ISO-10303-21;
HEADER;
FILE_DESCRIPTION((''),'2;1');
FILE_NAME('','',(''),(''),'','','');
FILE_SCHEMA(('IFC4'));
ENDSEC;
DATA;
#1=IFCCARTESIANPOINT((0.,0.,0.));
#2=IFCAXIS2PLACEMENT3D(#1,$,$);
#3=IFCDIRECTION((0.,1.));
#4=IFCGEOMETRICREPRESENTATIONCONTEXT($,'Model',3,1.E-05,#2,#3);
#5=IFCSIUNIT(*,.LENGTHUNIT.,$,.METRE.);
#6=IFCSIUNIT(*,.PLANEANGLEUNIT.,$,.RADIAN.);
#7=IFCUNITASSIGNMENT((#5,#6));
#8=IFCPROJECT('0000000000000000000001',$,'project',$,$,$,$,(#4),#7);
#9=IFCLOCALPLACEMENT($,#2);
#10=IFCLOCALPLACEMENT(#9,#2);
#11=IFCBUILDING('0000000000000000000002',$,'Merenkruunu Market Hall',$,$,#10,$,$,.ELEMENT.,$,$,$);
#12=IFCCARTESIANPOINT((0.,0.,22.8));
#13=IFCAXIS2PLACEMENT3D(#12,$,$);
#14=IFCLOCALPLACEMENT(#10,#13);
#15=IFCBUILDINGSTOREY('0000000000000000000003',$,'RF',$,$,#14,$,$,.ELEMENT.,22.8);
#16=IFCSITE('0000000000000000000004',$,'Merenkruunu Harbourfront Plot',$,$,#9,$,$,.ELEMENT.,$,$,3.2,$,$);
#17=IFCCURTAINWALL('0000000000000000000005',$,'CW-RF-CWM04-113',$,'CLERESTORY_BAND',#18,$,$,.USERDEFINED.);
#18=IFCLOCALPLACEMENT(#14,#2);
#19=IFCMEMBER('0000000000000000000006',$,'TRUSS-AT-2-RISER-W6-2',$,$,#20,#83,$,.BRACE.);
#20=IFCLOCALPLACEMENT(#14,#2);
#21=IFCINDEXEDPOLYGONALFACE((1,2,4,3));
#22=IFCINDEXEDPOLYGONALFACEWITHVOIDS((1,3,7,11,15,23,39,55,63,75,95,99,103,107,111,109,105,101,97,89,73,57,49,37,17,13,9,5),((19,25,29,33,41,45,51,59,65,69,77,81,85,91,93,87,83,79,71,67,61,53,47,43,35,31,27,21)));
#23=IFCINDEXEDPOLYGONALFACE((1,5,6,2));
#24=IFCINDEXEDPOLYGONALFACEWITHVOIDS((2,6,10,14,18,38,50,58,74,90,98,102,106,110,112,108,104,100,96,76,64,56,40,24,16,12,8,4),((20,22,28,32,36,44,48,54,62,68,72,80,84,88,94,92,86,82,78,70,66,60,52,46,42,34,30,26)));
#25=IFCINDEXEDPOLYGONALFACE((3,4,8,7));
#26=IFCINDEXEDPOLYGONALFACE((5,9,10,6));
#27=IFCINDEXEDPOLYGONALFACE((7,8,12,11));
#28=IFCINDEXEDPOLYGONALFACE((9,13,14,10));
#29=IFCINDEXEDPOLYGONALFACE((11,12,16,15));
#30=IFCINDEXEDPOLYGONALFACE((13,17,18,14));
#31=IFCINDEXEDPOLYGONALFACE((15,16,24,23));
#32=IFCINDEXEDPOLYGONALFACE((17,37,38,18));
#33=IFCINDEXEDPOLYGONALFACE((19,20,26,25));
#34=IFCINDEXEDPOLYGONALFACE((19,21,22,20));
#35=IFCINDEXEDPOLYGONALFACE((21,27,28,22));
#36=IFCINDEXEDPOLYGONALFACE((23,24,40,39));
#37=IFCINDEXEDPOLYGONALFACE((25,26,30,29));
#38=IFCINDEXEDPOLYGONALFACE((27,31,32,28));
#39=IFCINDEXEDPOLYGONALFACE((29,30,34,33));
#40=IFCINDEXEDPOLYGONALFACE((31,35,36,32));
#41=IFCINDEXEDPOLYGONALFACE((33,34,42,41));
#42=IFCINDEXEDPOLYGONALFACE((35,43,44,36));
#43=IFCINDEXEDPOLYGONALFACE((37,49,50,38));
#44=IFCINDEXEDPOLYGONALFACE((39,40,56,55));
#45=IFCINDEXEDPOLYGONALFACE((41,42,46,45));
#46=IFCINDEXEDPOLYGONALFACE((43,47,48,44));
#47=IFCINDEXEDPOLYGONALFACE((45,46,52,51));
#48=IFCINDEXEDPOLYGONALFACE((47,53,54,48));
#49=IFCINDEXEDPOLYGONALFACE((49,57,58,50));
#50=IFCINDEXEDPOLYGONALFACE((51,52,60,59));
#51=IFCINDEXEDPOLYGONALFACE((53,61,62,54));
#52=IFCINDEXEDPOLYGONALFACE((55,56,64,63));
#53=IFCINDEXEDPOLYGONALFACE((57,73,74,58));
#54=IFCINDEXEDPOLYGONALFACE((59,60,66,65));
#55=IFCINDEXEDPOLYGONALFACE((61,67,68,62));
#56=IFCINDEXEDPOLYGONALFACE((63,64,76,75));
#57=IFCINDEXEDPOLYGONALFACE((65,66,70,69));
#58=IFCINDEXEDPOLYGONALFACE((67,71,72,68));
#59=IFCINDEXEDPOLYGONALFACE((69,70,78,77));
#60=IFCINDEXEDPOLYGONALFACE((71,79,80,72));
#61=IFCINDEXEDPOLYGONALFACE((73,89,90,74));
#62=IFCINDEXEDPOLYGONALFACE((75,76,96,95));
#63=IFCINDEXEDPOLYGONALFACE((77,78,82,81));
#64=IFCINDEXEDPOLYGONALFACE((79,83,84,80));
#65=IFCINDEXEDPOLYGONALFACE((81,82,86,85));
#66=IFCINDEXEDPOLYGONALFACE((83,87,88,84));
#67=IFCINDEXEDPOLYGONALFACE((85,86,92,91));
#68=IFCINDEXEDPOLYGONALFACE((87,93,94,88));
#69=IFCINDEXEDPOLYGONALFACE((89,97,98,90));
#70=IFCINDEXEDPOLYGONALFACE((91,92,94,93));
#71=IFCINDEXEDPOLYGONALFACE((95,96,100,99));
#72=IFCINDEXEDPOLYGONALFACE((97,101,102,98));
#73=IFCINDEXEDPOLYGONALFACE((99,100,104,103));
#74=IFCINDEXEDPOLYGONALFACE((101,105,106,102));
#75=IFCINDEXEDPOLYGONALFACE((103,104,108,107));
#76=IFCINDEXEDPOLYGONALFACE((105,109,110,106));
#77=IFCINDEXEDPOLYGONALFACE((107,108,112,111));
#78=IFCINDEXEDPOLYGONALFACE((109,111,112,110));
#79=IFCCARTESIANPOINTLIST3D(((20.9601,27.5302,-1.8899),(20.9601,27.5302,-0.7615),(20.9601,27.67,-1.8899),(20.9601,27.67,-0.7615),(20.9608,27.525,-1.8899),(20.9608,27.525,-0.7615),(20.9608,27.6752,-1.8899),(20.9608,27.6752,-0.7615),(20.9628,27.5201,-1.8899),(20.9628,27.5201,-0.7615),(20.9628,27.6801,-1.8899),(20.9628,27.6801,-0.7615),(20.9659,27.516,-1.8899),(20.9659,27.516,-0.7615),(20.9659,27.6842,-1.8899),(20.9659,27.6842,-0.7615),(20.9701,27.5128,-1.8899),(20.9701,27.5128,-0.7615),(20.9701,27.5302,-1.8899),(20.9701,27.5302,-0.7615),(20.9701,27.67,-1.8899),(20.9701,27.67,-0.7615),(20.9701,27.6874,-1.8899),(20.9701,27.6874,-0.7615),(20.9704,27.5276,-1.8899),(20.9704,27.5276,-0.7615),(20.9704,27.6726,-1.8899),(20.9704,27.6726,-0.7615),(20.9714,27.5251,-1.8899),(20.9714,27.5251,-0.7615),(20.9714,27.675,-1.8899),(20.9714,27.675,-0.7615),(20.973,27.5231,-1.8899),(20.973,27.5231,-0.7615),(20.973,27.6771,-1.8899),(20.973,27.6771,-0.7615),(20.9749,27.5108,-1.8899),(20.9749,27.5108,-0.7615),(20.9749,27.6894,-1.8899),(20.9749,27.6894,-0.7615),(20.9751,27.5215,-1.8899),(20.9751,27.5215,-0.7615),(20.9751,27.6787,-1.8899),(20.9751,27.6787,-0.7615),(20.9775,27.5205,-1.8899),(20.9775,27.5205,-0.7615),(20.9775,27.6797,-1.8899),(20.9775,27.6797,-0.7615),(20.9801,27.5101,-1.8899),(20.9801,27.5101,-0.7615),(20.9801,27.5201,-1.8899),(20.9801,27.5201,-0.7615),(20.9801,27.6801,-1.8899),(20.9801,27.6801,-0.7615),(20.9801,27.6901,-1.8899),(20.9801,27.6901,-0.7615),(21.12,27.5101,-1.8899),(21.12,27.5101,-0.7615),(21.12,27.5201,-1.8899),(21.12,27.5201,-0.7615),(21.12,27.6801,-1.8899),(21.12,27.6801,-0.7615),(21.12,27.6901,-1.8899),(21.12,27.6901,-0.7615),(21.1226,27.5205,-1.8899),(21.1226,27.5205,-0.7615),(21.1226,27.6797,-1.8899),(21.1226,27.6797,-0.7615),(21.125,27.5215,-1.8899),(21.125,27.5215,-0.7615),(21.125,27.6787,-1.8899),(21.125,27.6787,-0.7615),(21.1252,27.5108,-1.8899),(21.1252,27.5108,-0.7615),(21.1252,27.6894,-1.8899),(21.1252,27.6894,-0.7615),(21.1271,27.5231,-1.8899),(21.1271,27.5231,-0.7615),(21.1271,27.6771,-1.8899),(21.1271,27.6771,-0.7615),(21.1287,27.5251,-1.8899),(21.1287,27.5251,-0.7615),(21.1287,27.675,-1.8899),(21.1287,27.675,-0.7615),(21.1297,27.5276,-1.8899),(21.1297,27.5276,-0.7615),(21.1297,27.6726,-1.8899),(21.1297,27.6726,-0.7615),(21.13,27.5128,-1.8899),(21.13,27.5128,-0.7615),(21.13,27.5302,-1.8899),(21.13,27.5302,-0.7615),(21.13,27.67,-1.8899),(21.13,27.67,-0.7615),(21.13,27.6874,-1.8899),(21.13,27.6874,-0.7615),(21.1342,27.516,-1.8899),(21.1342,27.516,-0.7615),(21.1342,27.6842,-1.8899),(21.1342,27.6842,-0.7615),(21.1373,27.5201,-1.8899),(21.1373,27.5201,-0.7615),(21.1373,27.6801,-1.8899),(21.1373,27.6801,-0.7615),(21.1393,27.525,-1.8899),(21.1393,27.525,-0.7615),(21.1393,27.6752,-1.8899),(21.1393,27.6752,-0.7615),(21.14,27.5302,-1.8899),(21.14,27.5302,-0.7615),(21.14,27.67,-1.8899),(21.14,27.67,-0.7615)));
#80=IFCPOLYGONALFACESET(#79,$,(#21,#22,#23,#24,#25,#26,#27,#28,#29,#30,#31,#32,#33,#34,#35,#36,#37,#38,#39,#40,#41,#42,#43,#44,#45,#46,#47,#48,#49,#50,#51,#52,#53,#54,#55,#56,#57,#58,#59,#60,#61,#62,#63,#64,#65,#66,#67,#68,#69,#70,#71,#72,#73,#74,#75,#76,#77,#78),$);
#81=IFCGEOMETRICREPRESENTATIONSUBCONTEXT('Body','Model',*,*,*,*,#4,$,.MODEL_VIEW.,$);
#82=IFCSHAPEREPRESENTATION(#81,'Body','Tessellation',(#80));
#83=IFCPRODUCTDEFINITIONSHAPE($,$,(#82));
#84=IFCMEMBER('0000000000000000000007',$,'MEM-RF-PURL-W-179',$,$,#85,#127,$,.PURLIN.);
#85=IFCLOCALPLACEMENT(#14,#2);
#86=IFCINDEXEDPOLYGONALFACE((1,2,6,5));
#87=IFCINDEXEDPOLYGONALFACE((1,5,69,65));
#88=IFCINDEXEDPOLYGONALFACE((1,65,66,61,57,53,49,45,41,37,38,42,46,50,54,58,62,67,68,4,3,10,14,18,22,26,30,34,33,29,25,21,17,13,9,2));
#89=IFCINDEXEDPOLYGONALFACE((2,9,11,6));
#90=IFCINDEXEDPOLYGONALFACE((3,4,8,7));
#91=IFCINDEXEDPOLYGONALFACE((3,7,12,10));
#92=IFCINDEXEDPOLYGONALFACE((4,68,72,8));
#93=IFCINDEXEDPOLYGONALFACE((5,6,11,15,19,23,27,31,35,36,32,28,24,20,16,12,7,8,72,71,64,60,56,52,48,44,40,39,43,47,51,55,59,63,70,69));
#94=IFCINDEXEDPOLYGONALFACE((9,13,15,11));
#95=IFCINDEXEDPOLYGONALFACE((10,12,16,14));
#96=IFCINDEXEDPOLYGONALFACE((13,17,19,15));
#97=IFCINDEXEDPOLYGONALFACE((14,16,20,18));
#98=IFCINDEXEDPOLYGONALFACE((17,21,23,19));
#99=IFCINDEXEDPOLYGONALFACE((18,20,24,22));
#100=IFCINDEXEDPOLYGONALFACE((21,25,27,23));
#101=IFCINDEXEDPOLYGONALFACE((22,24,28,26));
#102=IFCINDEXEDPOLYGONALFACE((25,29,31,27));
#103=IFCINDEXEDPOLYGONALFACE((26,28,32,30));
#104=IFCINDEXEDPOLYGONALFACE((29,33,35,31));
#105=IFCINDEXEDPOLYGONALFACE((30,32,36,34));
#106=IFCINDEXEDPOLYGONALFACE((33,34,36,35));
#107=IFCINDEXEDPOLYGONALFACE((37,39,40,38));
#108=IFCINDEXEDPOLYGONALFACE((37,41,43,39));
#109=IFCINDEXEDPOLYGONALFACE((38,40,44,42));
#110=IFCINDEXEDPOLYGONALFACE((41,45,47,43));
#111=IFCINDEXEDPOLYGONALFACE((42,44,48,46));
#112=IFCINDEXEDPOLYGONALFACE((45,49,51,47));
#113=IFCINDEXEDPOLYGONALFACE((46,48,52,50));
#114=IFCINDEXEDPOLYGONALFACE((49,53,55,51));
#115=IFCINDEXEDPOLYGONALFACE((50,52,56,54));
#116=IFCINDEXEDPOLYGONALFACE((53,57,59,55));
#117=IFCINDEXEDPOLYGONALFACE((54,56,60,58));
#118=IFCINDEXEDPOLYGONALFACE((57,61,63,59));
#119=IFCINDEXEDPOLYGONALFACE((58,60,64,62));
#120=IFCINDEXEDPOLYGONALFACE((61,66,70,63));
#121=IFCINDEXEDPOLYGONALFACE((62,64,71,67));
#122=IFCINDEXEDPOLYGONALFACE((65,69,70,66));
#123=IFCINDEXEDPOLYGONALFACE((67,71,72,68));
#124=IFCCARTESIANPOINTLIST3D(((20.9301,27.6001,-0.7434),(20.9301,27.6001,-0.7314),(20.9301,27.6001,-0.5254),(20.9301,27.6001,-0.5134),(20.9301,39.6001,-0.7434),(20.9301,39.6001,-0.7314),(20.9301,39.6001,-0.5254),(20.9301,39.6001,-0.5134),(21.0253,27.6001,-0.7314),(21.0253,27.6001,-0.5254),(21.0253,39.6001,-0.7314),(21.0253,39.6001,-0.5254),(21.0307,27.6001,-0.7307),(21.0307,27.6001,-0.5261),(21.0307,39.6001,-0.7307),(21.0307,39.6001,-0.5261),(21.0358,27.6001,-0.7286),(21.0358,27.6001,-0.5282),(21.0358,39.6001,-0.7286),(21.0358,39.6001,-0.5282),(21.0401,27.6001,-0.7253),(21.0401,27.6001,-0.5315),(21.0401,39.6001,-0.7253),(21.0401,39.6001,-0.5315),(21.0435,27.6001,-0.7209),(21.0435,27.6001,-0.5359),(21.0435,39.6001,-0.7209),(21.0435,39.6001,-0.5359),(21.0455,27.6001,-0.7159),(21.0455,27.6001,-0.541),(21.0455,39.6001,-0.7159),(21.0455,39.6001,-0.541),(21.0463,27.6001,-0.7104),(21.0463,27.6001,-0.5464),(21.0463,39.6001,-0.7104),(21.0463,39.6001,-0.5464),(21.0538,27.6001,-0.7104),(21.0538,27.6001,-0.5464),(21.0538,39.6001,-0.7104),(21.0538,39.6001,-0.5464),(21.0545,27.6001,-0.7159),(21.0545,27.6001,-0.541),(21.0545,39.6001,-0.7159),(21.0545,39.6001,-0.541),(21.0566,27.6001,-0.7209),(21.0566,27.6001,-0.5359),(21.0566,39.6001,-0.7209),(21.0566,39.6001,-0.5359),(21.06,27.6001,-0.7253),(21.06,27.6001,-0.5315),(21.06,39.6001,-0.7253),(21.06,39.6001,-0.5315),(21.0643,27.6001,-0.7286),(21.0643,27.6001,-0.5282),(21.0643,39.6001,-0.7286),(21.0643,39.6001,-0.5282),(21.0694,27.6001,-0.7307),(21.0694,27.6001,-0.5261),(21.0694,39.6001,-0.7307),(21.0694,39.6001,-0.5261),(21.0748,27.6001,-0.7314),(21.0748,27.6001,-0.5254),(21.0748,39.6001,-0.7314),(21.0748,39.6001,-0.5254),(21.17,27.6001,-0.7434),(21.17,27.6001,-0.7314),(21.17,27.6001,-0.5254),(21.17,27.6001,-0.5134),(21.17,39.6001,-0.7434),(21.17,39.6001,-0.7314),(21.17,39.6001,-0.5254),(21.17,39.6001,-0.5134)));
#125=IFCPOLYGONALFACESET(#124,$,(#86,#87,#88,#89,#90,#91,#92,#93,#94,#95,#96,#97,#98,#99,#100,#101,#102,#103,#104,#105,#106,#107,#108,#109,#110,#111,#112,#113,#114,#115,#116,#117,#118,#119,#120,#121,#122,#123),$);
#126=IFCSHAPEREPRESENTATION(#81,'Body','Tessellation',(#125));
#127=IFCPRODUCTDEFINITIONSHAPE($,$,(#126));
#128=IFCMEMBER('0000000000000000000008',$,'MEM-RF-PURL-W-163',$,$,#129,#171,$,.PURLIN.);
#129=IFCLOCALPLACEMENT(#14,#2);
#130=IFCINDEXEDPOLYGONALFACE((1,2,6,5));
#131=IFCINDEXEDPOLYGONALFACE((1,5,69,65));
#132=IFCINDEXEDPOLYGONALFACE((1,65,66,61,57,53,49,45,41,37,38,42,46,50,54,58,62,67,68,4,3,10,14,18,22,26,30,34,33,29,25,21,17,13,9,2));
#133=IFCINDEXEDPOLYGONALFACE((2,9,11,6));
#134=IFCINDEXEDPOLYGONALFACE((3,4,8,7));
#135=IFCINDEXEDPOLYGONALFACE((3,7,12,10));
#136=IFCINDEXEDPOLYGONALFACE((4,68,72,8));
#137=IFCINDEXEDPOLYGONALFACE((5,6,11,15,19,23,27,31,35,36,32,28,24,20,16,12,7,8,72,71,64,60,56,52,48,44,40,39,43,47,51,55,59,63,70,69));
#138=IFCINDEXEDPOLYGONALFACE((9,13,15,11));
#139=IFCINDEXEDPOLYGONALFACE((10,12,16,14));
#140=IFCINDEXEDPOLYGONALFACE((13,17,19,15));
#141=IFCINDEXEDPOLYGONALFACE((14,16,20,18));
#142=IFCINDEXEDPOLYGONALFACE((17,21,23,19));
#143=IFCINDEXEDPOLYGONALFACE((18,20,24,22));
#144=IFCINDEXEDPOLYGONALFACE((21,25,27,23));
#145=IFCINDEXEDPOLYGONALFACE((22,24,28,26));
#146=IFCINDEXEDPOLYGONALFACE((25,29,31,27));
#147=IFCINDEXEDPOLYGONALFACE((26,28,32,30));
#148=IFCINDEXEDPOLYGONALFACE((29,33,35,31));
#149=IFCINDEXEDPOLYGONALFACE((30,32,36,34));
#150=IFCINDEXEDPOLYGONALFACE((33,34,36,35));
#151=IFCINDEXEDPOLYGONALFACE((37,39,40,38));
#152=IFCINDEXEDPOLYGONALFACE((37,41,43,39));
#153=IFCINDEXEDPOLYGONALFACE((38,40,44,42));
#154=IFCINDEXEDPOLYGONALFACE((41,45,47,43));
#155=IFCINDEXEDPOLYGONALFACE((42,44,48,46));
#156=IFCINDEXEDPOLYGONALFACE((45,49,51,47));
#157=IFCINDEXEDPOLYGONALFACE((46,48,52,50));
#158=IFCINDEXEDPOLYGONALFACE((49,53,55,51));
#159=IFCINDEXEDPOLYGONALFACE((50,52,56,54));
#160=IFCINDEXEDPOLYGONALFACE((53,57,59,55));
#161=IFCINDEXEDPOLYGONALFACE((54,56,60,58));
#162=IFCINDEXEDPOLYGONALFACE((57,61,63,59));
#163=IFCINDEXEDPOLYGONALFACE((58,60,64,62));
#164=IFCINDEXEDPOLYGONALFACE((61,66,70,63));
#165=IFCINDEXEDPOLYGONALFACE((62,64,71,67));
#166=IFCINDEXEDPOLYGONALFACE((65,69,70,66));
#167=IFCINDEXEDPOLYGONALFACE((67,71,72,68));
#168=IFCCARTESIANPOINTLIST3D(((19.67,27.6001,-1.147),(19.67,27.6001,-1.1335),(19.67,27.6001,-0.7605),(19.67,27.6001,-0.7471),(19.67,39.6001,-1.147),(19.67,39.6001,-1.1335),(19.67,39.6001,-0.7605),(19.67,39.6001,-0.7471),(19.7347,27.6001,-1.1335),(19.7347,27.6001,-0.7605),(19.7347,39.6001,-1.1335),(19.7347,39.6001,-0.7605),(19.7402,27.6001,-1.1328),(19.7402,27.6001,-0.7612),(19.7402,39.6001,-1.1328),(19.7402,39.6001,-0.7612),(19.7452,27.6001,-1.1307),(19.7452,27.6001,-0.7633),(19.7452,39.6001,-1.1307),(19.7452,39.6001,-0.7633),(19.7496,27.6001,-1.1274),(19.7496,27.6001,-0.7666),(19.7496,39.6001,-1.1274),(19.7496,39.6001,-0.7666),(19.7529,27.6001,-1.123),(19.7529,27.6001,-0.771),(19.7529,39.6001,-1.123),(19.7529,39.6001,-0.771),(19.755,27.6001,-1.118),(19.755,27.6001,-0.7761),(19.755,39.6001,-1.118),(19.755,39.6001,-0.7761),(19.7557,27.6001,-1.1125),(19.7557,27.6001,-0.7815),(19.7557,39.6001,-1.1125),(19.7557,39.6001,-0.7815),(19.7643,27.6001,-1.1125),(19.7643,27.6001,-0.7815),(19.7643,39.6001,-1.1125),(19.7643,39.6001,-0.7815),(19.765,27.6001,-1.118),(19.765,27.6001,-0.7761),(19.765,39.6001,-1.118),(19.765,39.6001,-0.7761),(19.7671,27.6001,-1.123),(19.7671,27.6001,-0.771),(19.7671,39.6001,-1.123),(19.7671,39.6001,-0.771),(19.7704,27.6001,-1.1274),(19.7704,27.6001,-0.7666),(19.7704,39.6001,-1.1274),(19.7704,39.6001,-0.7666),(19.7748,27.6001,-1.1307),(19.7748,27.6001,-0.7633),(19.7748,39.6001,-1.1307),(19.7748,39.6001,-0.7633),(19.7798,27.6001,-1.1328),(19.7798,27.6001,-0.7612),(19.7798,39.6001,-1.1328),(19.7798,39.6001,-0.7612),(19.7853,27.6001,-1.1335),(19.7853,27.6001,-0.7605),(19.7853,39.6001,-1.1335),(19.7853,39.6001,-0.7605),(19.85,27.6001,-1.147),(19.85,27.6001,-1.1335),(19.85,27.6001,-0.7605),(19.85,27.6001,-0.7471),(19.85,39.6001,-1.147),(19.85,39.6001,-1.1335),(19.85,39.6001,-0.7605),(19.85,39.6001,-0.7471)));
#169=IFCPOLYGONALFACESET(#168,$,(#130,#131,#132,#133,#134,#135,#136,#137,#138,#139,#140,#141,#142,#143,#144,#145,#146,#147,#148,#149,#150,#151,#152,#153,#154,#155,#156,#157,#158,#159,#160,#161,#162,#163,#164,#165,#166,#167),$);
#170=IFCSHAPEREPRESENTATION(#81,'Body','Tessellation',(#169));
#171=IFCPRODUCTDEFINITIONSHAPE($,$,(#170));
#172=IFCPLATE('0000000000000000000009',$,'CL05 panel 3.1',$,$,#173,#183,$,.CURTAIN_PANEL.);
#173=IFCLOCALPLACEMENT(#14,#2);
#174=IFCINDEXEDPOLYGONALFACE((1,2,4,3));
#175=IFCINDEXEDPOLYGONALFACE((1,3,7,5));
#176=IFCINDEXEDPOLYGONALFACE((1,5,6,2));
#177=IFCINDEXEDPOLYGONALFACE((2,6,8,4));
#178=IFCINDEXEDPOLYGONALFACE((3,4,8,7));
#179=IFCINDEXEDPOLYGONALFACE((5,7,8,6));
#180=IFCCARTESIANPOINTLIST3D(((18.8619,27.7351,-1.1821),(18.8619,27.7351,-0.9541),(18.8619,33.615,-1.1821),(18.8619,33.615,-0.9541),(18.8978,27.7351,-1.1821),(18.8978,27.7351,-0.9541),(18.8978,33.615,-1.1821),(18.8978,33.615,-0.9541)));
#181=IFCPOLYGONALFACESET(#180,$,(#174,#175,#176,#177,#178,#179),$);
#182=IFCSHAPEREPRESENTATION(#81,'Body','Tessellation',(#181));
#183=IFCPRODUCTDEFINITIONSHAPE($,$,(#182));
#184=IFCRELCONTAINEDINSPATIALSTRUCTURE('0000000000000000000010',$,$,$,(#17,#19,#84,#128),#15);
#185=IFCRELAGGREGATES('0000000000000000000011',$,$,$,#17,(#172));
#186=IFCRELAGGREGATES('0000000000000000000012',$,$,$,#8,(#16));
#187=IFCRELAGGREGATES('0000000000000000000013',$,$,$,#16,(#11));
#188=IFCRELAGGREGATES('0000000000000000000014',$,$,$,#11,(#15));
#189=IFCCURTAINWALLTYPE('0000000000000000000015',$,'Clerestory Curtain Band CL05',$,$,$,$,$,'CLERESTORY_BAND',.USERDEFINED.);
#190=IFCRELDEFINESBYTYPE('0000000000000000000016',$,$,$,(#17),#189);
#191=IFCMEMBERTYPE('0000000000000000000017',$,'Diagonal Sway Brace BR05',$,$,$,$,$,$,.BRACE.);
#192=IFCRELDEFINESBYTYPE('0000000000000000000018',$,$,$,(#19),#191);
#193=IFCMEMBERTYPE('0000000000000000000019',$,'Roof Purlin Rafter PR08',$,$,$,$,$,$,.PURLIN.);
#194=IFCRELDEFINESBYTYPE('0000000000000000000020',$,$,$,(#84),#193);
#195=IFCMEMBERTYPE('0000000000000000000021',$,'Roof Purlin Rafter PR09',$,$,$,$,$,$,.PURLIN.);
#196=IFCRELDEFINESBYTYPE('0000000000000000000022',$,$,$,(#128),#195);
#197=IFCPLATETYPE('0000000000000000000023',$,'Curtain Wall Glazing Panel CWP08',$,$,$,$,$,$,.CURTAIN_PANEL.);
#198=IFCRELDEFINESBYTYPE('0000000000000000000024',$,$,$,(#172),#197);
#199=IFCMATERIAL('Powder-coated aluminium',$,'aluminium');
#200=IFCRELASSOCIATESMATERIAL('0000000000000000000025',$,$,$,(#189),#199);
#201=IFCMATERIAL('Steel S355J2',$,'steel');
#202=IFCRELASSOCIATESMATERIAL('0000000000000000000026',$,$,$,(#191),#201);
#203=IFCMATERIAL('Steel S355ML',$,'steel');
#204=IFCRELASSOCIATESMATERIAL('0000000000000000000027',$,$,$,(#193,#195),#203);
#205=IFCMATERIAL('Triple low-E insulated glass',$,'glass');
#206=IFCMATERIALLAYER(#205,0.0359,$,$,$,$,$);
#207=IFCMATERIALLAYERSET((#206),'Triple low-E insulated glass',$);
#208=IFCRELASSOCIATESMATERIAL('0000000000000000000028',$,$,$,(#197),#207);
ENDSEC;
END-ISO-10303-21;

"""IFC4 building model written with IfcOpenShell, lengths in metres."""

from ifc_helpers import new_model, si_unit, direction, frame, origin, origin_2d, place, context, subcontext, project, spatial, rectangle, hollow_rectangle, i_section, extrude, material, layer, layer_set, material_profile, profile_set, type_object, element, aggregate, save


model = new_model("IFC4")

# Units and contexts
model_context = context("Model", 3, precision=1e-05, world=origin(), true_north=direction((0.0, 1.0)))
body_context = subcontext(model_context, "Body", "Model", "MODEL_VIEW")
ifc_project = project(units=[si_unit("LENGTHUNIT", "METRE"), si_unit("PLANEANGLEUNIT", "RADIAN")], contexts=[model_context])

# Site, building, storey
site_placement = place(None, origin())
site = spatial("IfcSite", under=ifc_project, at=site_placement, Name="Merenkruunu Harbourfront Plot", CompositionType="ELEMENT", RefElevation=3.2)
building_placement = place(site_placement, origin())
building = spatial("IfcBuilding", under=site, at=building_placement, Name="Merenkruunu Market Hall", CompositionType="ELEMENT")
storey_placement = place(building_placement, frame((0.0, 0.0, 22.8)))
storey = spatial("IfcBuildingStorey", under=building, at=storey_placement, Name="RF", CompositionType="ELEMENT", Elevation=22.8)

# Shared definitions
ifc_material_1 = material(Name="Steel S355ML", Category="steel")

# Curtain wall
ifc_material_2 = material(Name="Powder-coated aluminium", Category="aluminium")
curtain_wall_type = type_object("IfcCurtainWallType", Name="Clerestory Curtain Band CL05", ElementType="CLERESTORY_BAND", PredefinedType="USERDEFINED", material=ifc_material_2)
curtain_wall_placement = place(storey_placement, origin())
curtain_wall = element("IfcCurtainWall", 1, at=curtain_wall_placement, inside=storey, type_object=curtain_wall_type, Name="CW-RF-CWM04-113", ObjectType="CLERESTORY_BAND", PredefinedType="USERDEFINED")

# Members
ifc_material_3 = material(Name="Steel S355J2", Category="steel")
ifc_material_profile_1 = material_profile(ifc_material_3, hollow_rectangle(XDim=0.1799, YDim=0.1799, WallThickness=0.01, InnerFilletRadius=0.01, OuterFilletRadius=0.02, at=origin_2d()), Name="SHS 180x180x10")
ifc_profile_set_1 = profile_set([ifc_material_profile_1], Name="Steel S355J2")
member_type_1 = type_object("IfcMemberType", Name="Diagonal Sway Brace BR05", PredefinedType="BRACE", material=ifc_profile_set_1)
member_1_placement = place(storey_placement, frame((21.05, 27.6001, -1.8899), z_axis=(0.0, 0.0, 1.0), x_axis=(1.0, 0.0, 0.0)))
element("IfcMember", 2, at=member_1_placement, inside=storey, type_object=member_type_1, Name="TRUSS-AT-2-RISER-W6-2", PredefinedType="BRACE", context=body_context, shape_type="SweptSolid", body=[
    extrude(hollow_rectangle(XDim=0.1799, YDim=0.1799, WallThickness=0.01, InnerFilletRadius=0.01, OuterFilletRadius=0.02, at=origin_2d()), origin(), (0.0, 0.0, 1.0), 1.1284),
])
ifc_material_profile_2 = material_profile(ifc_material_1, i_section(OverallWidth=0.24, OverallDepth=0.23, WebThickness=0.0076, FlangeThickness=0.012, FilletRadius=0.021, at=origin_2d()), Name="HEA 240")
ifc_profile_set_2 = profile_set([ifc_material_profile_2], Name="Steel S355ML")
member_type_2 = type_object("IfcMemberType", Name="Roof Purlin Rafter PR08", PredefinedType="PURLIN", material=ifc_profile_set_2)
member_2_placement = place(storey_placement, frame((21.05, 27.6001, -0.6284), z_axis=(0.0, 1.0, 0.0), x_axis=(-1.0, 0.0, 0.0)))
element("IfcMember", 3, at=member_2_placement, inside=storey, type_object=member_type_2, Name="MEM-RF-PURL-W-179", PredefinedType="PURLIN", context=body_context, shape_type="SweptSolid", body=[
    extrude(i_section(OverallWidth=0.24, OverallDepth=0.23, WebThickness=0.0076, FlangeThickness=0.012, FilletRadius=0.021, at=origin_2d()), origin(), (0.0, 0.0, 1.0), 12.0),
])
ifc_material_profile_3 = material_profile(ifc_material_1, i_section(OverallWidth=0.1799, OverallDepth=0.3999, WebThickness=0.0085, FlangeThickness=0.0134, FilletRadius=0.021, at=origin_2d()), Name="IPE 400")
ifc_profile_set_3 = profile_set([ifc_material_profile_3], Name="Steel S355ML")
member_type_3 = type_object("IfcMemberType", Name="Roof Purlin Rafter PR09", PredefinedType="PURLIN", material=ifc_profile_set_3)
member_3_placement = place(storey_placement, frame((19.76, 27.6001, -0.947), z_axis=(0.0, 1.0, 0.0), x_axis=(-1.0, 0.0, 0.0)))
element("IfcMember", 4, at=member_3_placement, inside=storey, type_object=member_type_3, Name="MEM-RF-PURL-W-163", PredefinedType="PURLIN", context=body_context, shape_type="SweptSolid", body=[
    extrude(i_section(OverallWidth=0.1799, OverallDepth=0.3999, WebThickness=0.0085, FlangeThickness=0.0134, FilletRadius=0.021, at=origin_2d()), origin(), (0.0, 0.0, 1.0), 12.0),
])

# Plate
ifc_material_4 = material(Name="Triple low-E insulated glass", Category="glass")
ifc_layer_1 = layer(ifc_material_4, 0.0359)
ifc_layer_set_1 = layer_set([ifc_layer_1], Name="Triple low-E insulated glass")
plate_type_1 = type_object("IfcPlateType", Name="Curtain Wall Glazing Panel CWP08", PredefinedType="CURTAIN_PANEL", material=ifc_layer_set_1)
plate_placement = place(storey_placement, frame((18.8799, 30.675, -1.1821), z_axis=(0.0, 0.0, 1.0), x_axis=(0.0, 1.0, 0.0)))
plate = element("IfcPlate", 5, at=plate_placement, type_object=plate_type_1, Name="CL05 panel 3.1", PredefinedType="CURTAIN_PANEL", context=body_context, shape_type="SweptSolid", body=[
    extrude(rectangle(XDim=5.8799, YDim=0.0359, at=origin_2d()), origin(), (0.0, 0.0, 1.0), 0.228),
])
aggregate(curtain_wall, [plate])

save(model, "model.ifc")
